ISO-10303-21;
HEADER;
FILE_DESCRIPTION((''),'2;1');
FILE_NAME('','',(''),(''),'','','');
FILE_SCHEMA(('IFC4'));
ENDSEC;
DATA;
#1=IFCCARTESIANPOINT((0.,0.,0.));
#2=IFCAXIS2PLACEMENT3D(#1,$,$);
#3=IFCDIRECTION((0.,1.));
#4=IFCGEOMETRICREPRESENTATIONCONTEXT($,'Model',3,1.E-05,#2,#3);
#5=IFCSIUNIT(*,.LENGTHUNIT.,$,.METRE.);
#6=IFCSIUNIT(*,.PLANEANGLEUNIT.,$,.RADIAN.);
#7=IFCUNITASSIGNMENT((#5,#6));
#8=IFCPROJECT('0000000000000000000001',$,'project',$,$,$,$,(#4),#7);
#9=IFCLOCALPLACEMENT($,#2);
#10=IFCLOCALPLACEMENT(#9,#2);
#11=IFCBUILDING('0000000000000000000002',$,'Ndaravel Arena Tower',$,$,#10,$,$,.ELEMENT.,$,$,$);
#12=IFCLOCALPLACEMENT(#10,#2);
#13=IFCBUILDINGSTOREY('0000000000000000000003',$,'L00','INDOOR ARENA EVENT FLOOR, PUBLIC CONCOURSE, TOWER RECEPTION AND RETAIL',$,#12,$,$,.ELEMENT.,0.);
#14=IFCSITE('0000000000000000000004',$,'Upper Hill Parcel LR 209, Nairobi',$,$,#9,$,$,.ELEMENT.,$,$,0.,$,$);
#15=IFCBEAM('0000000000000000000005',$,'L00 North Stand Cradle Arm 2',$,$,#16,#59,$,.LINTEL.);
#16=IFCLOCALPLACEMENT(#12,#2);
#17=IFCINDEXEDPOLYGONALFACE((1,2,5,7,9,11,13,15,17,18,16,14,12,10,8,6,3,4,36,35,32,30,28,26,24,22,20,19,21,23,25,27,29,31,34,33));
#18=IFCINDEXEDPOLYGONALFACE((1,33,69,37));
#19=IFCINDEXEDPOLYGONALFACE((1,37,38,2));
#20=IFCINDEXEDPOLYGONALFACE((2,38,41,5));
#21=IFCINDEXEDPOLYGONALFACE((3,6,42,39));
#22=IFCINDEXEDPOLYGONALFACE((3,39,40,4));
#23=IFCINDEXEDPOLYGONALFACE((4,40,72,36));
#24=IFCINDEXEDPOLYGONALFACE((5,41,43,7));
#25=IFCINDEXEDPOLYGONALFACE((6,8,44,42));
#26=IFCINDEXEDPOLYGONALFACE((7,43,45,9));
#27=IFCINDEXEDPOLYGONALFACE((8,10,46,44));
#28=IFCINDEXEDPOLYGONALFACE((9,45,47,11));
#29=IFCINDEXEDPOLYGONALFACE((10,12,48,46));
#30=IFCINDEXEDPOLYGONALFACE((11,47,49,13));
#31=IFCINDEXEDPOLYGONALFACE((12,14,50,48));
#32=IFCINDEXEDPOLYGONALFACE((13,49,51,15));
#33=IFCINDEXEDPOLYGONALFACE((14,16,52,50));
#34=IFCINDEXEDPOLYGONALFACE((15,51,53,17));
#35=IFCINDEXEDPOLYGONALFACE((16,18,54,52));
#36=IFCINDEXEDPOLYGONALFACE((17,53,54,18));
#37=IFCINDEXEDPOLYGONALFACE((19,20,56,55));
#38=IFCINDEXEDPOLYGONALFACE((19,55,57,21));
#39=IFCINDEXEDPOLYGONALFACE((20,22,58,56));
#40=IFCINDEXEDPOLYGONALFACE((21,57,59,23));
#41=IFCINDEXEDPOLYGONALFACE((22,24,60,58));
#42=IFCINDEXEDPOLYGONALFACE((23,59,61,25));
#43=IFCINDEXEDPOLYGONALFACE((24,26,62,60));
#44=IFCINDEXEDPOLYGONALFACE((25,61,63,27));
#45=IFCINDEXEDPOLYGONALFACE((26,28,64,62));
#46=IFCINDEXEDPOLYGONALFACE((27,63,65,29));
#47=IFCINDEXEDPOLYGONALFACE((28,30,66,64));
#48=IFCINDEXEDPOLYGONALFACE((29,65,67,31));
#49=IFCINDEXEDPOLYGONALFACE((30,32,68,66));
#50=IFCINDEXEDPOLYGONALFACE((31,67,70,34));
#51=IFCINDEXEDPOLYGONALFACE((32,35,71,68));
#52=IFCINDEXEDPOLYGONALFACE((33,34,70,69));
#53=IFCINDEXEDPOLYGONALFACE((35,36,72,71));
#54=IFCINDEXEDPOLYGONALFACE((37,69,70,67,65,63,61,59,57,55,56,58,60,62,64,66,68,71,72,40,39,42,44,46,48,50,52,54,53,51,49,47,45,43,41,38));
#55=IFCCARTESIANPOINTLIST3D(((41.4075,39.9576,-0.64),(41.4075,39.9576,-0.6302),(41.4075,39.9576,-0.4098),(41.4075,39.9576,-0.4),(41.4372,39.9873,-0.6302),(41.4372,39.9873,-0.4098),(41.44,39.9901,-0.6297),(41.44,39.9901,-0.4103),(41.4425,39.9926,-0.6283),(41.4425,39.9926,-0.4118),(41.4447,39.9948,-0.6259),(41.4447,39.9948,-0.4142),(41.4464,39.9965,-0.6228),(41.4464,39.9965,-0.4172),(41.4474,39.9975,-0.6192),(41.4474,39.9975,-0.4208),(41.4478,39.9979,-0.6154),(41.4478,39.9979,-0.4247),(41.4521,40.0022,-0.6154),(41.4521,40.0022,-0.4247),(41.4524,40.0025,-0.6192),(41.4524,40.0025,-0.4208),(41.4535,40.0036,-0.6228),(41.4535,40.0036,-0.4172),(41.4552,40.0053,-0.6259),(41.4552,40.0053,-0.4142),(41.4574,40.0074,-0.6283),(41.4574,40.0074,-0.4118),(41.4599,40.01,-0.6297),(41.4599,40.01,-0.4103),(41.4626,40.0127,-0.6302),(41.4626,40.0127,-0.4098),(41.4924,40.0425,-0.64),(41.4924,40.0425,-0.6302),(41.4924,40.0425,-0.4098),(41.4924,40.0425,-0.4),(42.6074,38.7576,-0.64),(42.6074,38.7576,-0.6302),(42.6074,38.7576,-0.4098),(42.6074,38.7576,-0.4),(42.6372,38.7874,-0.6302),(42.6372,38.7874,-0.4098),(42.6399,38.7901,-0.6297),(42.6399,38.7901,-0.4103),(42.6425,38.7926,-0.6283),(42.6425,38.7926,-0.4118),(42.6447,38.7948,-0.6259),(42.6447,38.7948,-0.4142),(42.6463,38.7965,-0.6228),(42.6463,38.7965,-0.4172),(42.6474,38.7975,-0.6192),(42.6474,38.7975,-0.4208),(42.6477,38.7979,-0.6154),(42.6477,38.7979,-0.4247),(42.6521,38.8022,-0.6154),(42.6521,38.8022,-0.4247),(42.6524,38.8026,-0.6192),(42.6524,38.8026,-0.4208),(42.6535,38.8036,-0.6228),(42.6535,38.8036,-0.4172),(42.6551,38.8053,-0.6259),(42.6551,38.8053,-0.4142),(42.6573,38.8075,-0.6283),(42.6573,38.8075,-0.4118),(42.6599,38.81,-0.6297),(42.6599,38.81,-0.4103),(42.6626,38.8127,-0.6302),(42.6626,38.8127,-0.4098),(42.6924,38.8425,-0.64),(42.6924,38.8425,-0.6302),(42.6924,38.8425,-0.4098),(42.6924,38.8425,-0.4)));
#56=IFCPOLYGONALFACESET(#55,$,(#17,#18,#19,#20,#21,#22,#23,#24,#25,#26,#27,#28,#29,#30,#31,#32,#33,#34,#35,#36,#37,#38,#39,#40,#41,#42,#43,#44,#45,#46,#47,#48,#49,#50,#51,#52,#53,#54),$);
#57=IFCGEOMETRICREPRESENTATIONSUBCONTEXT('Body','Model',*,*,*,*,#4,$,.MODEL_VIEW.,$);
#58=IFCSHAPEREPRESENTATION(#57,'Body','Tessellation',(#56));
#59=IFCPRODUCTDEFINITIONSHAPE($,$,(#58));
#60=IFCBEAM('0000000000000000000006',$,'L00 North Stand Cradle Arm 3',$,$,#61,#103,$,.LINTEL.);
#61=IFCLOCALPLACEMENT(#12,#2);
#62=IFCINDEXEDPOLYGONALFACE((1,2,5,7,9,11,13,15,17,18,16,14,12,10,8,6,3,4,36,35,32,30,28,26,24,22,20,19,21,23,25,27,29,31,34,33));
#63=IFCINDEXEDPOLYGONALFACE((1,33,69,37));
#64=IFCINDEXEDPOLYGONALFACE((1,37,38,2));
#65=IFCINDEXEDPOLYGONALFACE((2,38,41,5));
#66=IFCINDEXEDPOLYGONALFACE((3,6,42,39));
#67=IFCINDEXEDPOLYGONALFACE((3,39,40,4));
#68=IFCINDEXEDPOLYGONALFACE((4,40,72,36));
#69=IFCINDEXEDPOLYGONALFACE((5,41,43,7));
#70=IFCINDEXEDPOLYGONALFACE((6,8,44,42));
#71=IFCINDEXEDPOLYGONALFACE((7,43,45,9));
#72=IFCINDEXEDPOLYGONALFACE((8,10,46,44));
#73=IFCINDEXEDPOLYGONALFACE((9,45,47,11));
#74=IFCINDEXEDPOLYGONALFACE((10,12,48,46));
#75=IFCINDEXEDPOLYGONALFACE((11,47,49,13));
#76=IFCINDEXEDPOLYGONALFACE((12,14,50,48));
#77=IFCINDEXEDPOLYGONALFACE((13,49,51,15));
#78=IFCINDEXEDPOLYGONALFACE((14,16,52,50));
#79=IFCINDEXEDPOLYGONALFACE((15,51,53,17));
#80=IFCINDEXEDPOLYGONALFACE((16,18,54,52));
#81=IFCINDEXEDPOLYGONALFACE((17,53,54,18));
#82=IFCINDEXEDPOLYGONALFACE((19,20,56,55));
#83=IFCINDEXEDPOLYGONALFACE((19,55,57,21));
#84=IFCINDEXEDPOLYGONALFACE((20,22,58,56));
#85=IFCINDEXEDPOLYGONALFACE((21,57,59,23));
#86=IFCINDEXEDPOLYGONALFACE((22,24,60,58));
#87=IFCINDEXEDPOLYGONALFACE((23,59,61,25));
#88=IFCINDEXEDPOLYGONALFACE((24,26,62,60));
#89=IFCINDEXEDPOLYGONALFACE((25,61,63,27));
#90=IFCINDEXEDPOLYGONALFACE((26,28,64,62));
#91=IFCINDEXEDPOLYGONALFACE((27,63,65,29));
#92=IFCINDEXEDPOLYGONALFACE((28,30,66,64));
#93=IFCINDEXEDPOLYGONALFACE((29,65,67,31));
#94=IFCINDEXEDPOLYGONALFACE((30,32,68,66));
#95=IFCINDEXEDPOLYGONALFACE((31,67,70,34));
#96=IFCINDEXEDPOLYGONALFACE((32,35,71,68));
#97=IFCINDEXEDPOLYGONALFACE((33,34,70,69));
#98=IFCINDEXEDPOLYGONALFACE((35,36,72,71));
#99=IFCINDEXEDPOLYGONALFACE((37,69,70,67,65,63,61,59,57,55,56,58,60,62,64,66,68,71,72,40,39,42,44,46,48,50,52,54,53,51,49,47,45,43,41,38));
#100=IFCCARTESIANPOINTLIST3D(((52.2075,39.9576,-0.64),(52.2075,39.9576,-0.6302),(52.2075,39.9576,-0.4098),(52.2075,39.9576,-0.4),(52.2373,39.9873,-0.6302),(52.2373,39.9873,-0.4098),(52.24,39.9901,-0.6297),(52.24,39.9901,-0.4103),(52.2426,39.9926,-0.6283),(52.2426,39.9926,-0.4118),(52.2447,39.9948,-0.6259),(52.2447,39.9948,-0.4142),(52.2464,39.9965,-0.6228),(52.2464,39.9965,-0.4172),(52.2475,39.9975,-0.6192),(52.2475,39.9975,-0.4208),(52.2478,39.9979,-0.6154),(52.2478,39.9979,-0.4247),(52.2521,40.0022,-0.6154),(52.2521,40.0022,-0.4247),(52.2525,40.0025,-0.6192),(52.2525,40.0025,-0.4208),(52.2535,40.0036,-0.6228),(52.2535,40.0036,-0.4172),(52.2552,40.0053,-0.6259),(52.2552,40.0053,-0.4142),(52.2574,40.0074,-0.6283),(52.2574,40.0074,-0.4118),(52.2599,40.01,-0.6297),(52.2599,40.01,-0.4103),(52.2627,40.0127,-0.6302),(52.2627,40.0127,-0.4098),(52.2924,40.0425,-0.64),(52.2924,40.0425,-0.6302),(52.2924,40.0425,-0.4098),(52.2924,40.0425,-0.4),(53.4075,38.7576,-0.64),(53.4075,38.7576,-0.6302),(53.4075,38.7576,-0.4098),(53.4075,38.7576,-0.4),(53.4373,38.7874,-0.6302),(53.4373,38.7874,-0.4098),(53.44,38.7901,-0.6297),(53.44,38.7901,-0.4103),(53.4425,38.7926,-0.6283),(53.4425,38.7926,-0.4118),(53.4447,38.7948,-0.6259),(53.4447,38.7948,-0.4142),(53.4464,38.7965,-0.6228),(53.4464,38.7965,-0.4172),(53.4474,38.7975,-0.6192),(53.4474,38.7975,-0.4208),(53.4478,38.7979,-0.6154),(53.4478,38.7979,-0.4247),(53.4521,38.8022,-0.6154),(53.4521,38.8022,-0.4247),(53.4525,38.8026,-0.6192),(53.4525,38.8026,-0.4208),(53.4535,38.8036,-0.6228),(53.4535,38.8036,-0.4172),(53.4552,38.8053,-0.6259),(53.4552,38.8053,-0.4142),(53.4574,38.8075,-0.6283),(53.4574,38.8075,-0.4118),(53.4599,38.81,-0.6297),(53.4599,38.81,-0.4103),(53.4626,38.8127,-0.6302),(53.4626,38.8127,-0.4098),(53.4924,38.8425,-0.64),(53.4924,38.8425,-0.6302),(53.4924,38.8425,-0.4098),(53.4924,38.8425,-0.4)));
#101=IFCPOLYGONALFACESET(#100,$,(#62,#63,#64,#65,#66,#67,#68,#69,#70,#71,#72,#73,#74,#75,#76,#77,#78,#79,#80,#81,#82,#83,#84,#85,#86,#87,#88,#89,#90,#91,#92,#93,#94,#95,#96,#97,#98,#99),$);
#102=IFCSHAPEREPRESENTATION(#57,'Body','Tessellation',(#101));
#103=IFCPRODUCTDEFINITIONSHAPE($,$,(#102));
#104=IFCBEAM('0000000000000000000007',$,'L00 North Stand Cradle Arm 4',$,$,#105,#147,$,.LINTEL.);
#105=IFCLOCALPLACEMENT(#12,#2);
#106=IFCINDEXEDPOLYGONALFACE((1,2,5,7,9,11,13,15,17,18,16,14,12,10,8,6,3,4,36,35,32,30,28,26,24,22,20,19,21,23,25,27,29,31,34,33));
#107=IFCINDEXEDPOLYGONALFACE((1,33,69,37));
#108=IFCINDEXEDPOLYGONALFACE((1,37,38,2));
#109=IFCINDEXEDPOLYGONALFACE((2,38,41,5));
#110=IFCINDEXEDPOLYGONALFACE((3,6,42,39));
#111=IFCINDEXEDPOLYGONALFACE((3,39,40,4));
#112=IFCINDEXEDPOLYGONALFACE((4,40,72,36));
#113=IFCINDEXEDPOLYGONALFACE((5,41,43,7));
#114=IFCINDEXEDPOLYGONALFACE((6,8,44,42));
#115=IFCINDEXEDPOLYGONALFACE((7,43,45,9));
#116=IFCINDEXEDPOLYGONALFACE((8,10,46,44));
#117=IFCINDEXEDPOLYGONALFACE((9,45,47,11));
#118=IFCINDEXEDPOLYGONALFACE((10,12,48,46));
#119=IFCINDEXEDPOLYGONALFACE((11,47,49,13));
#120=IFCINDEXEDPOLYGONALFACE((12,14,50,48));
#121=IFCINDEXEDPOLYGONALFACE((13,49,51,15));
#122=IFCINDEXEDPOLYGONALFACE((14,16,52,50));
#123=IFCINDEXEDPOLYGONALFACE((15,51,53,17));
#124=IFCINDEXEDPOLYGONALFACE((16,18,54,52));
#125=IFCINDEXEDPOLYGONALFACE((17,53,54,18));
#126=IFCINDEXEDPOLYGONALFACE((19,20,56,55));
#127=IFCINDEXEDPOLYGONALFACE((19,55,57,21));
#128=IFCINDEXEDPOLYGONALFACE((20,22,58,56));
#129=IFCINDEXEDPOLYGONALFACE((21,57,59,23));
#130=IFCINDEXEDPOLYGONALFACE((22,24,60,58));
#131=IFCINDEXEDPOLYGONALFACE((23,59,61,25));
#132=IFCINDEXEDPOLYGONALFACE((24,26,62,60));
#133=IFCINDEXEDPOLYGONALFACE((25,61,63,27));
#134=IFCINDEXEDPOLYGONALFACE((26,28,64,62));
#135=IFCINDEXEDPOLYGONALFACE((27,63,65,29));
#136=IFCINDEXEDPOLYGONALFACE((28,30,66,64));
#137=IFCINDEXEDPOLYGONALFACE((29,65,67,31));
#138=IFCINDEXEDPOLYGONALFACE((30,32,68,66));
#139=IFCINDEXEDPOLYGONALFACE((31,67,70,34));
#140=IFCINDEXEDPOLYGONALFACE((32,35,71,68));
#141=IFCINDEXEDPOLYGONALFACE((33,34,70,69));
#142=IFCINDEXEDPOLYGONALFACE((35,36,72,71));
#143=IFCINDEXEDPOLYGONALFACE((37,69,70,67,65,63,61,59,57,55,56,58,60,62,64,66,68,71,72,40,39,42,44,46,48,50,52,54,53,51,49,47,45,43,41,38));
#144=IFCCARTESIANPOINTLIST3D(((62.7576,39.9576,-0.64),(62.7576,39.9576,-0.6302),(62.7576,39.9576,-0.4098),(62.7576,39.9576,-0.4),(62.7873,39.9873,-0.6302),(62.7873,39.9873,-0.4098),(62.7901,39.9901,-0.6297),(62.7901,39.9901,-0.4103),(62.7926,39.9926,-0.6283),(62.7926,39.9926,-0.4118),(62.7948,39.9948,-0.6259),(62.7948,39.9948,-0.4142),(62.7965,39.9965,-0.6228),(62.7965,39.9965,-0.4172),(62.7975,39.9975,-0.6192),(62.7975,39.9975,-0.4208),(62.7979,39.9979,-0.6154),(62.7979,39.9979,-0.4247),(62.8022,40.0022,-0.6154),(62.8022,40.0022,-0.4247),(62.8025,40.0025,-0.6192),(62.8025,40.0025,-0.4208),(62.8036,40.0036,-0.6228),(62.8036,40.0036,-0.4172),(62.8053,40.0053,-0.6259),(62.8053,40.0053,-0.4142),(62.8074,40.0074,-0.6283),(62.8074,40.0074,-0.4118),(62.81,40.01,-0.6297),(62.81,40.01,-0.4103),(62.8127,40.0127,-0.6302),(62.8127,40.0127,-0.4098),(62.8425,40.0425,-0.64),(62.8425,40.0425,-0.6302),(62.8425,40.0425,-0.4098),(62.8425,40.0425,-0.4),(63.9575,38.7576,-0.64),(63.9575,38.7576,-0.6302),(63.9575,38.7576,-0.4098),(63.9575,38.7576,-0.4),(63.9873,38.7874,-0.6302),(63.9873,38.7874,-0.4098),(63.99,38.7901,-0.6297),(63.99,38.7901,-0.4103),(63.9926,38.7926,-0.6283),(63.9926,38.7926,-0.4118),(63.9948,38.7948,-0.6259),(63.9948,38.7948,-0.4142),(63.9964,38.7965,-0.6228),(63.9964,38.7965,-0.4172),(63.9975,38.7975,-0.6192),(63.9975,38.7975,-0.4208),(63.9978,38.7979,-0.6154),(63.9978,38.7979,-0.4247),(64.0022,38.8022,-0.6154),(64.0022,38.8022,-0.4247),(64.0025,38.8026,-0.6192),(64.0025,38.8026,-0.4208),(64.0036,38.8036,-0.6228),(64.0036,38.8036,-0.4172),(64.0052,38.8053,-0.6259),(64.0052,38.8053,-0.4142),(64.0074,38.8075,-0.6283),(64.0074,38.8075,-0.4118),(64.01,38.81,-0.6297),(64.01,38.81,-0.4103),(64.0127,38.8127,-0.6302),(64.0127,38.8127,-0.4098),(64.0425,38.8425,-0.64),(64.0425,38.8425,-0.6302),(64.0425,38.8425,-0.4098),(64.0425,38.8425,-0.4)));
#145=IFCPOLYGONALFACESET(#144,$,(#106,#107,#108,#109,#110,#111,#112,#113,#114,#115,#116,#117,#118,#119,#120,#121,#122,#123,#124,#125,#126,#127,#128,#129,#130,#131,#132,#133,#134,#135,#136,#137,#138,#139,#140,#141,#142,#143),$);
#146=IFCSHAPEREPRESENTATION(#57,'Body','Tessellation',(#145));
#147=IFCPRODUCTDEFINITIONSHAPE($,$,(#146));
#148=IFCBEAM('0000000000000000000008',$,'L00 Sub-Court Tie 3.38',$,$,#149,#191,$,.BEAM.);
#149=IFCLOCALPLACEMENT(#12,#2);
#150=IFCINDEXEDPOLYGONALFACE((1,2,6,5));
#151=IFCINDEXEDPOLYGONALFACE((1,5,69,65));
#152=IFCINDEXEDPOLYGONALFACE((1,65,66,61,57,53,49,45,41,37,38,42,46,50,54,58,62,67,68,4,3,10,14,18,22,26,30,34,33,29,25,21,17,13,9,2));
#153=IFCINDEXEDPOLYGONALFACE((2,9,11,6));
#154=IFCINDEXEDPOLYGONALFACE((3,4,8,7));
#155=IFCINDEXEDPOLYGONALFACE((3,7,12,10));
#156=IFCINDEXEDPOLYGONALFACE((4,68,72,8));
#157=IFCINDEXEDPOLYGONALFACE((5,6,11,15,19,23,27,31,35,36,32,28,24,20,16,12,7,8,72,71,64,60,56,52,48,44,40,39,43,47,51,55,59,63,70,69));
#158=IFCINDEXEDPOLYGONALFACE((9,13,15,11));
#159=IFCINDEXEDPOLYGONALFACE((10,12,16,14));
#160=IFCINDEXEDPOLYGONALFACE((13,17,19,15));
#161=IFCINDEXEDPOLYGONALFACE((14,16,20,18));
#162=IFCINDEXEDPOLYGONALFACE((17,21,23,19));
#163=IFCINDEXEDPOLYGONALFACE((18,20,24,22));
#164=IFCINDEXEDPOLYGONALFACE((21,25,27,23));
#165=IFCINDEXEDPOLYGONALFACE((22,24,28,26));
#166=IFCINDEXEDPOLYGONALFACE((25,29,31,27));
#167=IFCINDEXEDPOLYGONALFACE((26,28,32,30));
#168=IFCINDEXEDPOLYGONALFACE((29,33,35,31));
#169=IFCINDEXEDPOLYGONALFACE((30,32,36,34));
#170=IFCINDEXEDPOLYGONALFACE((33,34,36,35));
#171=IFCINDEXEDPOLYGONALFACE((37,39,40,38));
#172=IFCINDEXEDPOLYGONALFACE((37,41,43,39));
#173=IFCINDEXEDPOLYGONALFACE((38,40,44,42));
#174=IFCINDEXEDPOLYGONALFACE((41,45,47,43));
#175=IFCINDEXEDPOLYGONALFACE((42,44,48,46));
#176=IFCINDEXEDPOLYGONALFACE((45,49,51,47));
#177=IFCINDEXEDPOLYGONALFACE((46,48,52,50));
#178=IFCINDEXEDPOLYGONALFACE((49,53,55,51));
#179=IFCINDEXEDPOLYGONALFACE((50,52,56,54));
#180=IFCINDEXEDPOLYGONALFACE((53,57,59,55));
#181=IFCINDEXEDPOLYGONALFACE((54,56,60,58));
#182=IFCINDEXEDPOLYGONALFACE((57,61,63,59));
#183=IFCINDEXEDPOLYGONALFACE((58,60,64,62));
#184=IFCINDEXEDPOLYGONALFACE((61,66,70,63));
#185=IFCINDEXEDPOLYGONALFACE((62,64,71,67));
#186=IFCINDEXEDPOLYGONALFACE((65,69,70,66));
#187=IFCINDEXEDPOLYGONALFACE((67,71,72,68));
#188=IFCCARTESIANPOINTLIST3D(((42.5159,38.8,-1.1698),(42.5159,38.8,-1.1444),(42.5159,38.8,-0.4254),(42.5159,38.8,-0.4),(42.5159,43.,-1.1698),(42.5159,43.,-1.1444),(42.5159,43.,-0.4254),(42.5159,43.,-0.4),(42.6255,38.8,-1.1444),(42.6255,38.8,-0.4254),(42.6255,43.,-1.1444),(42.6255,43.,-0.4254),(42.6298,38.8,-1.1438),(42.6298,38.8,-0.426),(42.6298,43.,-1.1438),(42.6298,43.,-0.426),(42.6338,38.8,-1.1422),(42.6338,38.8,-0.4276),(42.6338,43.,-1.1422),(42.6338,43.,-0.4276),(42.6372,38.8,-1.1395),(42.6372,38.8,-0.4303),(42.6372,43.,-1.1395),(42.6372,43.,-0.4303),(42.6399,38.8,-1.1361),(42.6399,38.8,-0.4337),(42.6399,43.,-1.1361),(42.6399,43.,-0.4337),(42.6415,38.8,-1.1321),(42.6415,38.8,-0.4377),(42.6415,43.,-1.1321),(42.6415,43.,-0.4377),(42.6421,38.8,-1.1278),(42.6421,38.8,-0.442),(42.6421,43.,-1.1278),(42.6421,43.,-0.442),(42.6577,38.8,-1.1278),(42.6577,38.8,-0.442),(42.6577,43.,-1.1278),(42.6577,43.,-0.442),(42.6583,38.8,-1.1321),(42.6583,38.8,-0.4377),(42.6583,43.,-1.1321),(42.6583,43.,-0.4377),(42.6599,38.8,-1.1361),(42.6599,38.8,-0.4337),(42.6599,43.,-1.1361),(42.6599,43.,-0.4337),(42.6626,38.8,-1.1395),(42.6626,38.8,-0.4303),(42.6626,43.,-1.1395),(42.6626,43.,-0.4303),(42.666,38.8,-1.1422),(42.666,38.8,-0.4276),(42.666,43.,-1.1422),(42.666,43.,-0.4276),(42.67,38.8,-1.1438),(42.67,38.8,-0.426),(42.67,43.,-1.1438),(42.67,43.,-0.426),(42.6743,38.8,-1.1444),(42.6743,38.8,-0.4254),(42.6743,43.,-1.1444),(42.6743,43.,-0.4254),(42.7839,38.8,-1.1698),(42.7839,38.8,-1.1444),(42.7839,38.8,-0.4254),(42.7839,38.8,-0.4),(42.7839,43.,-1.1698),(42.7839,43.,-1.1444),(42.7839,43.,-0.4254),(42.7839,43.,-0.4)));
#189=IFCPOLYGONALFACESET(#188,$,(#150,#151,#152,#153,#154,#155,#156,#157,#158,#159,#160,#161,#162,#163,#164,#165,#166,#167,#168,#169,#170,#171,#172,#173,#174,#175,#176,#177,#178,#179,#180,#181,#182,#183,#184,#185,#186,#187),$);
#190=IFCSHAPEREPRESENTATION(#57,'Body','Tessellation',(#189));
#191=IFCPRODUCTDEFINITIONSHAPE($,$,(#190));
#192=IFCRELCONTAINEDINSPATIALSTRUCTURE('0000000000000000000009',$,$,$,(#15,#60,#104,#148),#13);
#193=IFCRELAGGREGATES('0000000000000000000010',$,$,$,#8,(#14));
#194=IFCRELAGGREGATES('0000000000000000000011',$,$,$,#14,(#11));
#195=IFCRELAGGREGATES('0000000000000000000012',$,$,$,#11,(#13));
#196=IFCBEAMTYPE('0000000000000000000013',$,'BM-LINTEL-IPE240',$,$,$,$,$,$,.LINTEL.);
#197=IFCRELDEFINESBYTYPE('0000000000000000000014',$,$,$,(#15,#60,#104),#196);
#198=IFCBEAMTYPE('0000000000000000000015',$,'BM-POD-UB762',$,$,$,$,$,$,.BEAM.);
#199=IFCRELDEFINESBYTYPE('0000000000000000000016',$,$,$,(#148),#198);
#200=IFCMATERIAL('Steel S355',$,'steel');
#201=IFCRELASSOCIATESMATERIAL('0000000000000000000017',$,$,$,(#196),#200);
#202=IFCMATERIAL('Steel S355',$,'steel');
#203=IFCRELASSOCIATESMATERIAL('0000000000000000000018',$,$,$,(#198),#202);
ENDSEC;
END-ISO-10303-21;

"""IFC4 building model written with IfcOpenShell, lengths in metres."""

from ifc_helpers import new_model, si_unit, direction, frame, origin, origin_2d, place, context, subcontext, project, spatial, i_section, extrude, material, material_profile, profile_set, type_object, element, save


model = new_model("IFC4")

# Units and contexts
model_context = context("Model", 3, precision=1e-05, world=origin(), true_north=direction((0.0, 1.0)))
body_context = subcontext(model_context, "Body", "Model", "MODEL_VIEW")
ifc_project = project(units=[si_unit("LENGTHUNIT", "METRE"), si_unit("PLANEANGLEUNIT", "RADIAN")], contexts=[model_context])

# Site, building, storey
site_placement = place(None, origin())
site = spatial("IfcSite", under=ifc_project, at=site_placement, Name="Upper Hill Parcel LR 209, Nairobi", CompositionType="ELEMENT", RefElevation=0.0)
building_placement = place(site_placement, origin())
building = spatial("IfcBuilding", under=site, at=building_placement, Name="Ndaravel Arena Tower", CompositionType="ELEMENT")
storey_placement = place(building_placement, origin())
storey = spatial("IfcBuildingStorey", under=building, at=storey_placement, Name="L00", Description="INDOOR ARENA EVENT FLOOR, PUBLIC CONCOURSE, TOWER RECEPTION AND RETAIL", CompositionType="ELEMENT", Elevation=0.0)

# Beams
ifc_material_1 = material(Name="Steel S355", Category="steel")
ifc_material_profile_1 = material_profile(ifc_material_1, i_section(OverallWidth=0.1201, OverallDepth=0.24, WebThickness=0.0061, FlangeThickness=0.0098, FilletRadius=0.0149, at=origin_2d()), Name="IPE 240")
ifc_profile_set_1 = profile_set([ifc_material_profile_1], Name="Steel S355")
beam_type_1 = type_object("IfcBeamType", Name="BM-LINTEL-IPE240", PredefinedType="LINTEL", material=ifc_profile_set_1)
for number, where, z_axis, x_axis, name in (
    (1, (42.6499, 38.8, -0.52), (-0.707107, 0.707107, 0.0), (-0.707107, -0.707107, 0.0), "L00 North Stand Cradle Arm 2"),
    (2, (53.45, 38.8, -0.52), (-0.707107, 0.707107, 0.0), (-0.707107, -0.707107, 0.0), "L00 North Stand Cradle Arm 3"),
    (3, (64.0, 38.8, -0.52), (-0.707107, 0.707107, 0.0), (-0.707107, -0.707107, 0.0), "L00 North Stand Cradle Arm 4"),
):
    element("IfcBeam", number, at=place(storey_placement, frame(where, z_axis=z_axis, x_axis=x_axis)), inside=storey, type_object=beam_type_1, Name=name, PredefinedType="LINTEL", context=body_context, shape_type="SweptSolid", body=[
        extrude(i_section(OverallWidth=0.1201, OverallDepth=0.24, WebThickness=0.0061, FlangeThickness=0.0098, FilletRadius=0.0149, at=origin_2d()), origin(), (0.0, 0.0, 1.0), 1.697),
    ])
ifc_material_2 = material(Name="Steel S355", Category="steel")
ifc_material_profile_2 = material_profile(ifc_material_2, i_section(OverallWidth=0.2681, OverallDepth=0.7698, WebThickness=0.0156, FlangeThickness=0.0254, FilletRadius=0.0166, at=origin_2d()), Name="UB 762x267x197")
ifc_profile_set_2 = profile_set([ifc_material_profile_2], Name="Steel S355")
beam_type_2 = type_object("IfcBeamType", Name="BM-POD-UB762", PredefinedType="BEAM", material=ifc_profile_set_2)
for number, where, z_axis, x_axis, name in (
    (4, (42.6499, 38.8, -0.7849), (0.0, 1.0, 0.0), (-1.0, 0.0, 0.0), "L00 Sub-Court Tie 3.38"),
):
    element("IfcBeam", number, at=place(storey_placement, frame(where, z_axis=z_axis, x_axis=x_axis)), inside=storey, type_object=beam_type_2, Name=name, PredefinedType="BEAM", context=body_context, shape_type="SweptSolid", body=[
        extrude(i_section(OverallWidth=0.2681, OverallDepth=0.7698, WebThickness=0.0156, FlangeThickness=0.0254, FilletRadius=0.0166, at=origin_2d()), origin(), (0.0, 0.0, 1.0), 4.2),
    ])

save(model, "model.ifc")
